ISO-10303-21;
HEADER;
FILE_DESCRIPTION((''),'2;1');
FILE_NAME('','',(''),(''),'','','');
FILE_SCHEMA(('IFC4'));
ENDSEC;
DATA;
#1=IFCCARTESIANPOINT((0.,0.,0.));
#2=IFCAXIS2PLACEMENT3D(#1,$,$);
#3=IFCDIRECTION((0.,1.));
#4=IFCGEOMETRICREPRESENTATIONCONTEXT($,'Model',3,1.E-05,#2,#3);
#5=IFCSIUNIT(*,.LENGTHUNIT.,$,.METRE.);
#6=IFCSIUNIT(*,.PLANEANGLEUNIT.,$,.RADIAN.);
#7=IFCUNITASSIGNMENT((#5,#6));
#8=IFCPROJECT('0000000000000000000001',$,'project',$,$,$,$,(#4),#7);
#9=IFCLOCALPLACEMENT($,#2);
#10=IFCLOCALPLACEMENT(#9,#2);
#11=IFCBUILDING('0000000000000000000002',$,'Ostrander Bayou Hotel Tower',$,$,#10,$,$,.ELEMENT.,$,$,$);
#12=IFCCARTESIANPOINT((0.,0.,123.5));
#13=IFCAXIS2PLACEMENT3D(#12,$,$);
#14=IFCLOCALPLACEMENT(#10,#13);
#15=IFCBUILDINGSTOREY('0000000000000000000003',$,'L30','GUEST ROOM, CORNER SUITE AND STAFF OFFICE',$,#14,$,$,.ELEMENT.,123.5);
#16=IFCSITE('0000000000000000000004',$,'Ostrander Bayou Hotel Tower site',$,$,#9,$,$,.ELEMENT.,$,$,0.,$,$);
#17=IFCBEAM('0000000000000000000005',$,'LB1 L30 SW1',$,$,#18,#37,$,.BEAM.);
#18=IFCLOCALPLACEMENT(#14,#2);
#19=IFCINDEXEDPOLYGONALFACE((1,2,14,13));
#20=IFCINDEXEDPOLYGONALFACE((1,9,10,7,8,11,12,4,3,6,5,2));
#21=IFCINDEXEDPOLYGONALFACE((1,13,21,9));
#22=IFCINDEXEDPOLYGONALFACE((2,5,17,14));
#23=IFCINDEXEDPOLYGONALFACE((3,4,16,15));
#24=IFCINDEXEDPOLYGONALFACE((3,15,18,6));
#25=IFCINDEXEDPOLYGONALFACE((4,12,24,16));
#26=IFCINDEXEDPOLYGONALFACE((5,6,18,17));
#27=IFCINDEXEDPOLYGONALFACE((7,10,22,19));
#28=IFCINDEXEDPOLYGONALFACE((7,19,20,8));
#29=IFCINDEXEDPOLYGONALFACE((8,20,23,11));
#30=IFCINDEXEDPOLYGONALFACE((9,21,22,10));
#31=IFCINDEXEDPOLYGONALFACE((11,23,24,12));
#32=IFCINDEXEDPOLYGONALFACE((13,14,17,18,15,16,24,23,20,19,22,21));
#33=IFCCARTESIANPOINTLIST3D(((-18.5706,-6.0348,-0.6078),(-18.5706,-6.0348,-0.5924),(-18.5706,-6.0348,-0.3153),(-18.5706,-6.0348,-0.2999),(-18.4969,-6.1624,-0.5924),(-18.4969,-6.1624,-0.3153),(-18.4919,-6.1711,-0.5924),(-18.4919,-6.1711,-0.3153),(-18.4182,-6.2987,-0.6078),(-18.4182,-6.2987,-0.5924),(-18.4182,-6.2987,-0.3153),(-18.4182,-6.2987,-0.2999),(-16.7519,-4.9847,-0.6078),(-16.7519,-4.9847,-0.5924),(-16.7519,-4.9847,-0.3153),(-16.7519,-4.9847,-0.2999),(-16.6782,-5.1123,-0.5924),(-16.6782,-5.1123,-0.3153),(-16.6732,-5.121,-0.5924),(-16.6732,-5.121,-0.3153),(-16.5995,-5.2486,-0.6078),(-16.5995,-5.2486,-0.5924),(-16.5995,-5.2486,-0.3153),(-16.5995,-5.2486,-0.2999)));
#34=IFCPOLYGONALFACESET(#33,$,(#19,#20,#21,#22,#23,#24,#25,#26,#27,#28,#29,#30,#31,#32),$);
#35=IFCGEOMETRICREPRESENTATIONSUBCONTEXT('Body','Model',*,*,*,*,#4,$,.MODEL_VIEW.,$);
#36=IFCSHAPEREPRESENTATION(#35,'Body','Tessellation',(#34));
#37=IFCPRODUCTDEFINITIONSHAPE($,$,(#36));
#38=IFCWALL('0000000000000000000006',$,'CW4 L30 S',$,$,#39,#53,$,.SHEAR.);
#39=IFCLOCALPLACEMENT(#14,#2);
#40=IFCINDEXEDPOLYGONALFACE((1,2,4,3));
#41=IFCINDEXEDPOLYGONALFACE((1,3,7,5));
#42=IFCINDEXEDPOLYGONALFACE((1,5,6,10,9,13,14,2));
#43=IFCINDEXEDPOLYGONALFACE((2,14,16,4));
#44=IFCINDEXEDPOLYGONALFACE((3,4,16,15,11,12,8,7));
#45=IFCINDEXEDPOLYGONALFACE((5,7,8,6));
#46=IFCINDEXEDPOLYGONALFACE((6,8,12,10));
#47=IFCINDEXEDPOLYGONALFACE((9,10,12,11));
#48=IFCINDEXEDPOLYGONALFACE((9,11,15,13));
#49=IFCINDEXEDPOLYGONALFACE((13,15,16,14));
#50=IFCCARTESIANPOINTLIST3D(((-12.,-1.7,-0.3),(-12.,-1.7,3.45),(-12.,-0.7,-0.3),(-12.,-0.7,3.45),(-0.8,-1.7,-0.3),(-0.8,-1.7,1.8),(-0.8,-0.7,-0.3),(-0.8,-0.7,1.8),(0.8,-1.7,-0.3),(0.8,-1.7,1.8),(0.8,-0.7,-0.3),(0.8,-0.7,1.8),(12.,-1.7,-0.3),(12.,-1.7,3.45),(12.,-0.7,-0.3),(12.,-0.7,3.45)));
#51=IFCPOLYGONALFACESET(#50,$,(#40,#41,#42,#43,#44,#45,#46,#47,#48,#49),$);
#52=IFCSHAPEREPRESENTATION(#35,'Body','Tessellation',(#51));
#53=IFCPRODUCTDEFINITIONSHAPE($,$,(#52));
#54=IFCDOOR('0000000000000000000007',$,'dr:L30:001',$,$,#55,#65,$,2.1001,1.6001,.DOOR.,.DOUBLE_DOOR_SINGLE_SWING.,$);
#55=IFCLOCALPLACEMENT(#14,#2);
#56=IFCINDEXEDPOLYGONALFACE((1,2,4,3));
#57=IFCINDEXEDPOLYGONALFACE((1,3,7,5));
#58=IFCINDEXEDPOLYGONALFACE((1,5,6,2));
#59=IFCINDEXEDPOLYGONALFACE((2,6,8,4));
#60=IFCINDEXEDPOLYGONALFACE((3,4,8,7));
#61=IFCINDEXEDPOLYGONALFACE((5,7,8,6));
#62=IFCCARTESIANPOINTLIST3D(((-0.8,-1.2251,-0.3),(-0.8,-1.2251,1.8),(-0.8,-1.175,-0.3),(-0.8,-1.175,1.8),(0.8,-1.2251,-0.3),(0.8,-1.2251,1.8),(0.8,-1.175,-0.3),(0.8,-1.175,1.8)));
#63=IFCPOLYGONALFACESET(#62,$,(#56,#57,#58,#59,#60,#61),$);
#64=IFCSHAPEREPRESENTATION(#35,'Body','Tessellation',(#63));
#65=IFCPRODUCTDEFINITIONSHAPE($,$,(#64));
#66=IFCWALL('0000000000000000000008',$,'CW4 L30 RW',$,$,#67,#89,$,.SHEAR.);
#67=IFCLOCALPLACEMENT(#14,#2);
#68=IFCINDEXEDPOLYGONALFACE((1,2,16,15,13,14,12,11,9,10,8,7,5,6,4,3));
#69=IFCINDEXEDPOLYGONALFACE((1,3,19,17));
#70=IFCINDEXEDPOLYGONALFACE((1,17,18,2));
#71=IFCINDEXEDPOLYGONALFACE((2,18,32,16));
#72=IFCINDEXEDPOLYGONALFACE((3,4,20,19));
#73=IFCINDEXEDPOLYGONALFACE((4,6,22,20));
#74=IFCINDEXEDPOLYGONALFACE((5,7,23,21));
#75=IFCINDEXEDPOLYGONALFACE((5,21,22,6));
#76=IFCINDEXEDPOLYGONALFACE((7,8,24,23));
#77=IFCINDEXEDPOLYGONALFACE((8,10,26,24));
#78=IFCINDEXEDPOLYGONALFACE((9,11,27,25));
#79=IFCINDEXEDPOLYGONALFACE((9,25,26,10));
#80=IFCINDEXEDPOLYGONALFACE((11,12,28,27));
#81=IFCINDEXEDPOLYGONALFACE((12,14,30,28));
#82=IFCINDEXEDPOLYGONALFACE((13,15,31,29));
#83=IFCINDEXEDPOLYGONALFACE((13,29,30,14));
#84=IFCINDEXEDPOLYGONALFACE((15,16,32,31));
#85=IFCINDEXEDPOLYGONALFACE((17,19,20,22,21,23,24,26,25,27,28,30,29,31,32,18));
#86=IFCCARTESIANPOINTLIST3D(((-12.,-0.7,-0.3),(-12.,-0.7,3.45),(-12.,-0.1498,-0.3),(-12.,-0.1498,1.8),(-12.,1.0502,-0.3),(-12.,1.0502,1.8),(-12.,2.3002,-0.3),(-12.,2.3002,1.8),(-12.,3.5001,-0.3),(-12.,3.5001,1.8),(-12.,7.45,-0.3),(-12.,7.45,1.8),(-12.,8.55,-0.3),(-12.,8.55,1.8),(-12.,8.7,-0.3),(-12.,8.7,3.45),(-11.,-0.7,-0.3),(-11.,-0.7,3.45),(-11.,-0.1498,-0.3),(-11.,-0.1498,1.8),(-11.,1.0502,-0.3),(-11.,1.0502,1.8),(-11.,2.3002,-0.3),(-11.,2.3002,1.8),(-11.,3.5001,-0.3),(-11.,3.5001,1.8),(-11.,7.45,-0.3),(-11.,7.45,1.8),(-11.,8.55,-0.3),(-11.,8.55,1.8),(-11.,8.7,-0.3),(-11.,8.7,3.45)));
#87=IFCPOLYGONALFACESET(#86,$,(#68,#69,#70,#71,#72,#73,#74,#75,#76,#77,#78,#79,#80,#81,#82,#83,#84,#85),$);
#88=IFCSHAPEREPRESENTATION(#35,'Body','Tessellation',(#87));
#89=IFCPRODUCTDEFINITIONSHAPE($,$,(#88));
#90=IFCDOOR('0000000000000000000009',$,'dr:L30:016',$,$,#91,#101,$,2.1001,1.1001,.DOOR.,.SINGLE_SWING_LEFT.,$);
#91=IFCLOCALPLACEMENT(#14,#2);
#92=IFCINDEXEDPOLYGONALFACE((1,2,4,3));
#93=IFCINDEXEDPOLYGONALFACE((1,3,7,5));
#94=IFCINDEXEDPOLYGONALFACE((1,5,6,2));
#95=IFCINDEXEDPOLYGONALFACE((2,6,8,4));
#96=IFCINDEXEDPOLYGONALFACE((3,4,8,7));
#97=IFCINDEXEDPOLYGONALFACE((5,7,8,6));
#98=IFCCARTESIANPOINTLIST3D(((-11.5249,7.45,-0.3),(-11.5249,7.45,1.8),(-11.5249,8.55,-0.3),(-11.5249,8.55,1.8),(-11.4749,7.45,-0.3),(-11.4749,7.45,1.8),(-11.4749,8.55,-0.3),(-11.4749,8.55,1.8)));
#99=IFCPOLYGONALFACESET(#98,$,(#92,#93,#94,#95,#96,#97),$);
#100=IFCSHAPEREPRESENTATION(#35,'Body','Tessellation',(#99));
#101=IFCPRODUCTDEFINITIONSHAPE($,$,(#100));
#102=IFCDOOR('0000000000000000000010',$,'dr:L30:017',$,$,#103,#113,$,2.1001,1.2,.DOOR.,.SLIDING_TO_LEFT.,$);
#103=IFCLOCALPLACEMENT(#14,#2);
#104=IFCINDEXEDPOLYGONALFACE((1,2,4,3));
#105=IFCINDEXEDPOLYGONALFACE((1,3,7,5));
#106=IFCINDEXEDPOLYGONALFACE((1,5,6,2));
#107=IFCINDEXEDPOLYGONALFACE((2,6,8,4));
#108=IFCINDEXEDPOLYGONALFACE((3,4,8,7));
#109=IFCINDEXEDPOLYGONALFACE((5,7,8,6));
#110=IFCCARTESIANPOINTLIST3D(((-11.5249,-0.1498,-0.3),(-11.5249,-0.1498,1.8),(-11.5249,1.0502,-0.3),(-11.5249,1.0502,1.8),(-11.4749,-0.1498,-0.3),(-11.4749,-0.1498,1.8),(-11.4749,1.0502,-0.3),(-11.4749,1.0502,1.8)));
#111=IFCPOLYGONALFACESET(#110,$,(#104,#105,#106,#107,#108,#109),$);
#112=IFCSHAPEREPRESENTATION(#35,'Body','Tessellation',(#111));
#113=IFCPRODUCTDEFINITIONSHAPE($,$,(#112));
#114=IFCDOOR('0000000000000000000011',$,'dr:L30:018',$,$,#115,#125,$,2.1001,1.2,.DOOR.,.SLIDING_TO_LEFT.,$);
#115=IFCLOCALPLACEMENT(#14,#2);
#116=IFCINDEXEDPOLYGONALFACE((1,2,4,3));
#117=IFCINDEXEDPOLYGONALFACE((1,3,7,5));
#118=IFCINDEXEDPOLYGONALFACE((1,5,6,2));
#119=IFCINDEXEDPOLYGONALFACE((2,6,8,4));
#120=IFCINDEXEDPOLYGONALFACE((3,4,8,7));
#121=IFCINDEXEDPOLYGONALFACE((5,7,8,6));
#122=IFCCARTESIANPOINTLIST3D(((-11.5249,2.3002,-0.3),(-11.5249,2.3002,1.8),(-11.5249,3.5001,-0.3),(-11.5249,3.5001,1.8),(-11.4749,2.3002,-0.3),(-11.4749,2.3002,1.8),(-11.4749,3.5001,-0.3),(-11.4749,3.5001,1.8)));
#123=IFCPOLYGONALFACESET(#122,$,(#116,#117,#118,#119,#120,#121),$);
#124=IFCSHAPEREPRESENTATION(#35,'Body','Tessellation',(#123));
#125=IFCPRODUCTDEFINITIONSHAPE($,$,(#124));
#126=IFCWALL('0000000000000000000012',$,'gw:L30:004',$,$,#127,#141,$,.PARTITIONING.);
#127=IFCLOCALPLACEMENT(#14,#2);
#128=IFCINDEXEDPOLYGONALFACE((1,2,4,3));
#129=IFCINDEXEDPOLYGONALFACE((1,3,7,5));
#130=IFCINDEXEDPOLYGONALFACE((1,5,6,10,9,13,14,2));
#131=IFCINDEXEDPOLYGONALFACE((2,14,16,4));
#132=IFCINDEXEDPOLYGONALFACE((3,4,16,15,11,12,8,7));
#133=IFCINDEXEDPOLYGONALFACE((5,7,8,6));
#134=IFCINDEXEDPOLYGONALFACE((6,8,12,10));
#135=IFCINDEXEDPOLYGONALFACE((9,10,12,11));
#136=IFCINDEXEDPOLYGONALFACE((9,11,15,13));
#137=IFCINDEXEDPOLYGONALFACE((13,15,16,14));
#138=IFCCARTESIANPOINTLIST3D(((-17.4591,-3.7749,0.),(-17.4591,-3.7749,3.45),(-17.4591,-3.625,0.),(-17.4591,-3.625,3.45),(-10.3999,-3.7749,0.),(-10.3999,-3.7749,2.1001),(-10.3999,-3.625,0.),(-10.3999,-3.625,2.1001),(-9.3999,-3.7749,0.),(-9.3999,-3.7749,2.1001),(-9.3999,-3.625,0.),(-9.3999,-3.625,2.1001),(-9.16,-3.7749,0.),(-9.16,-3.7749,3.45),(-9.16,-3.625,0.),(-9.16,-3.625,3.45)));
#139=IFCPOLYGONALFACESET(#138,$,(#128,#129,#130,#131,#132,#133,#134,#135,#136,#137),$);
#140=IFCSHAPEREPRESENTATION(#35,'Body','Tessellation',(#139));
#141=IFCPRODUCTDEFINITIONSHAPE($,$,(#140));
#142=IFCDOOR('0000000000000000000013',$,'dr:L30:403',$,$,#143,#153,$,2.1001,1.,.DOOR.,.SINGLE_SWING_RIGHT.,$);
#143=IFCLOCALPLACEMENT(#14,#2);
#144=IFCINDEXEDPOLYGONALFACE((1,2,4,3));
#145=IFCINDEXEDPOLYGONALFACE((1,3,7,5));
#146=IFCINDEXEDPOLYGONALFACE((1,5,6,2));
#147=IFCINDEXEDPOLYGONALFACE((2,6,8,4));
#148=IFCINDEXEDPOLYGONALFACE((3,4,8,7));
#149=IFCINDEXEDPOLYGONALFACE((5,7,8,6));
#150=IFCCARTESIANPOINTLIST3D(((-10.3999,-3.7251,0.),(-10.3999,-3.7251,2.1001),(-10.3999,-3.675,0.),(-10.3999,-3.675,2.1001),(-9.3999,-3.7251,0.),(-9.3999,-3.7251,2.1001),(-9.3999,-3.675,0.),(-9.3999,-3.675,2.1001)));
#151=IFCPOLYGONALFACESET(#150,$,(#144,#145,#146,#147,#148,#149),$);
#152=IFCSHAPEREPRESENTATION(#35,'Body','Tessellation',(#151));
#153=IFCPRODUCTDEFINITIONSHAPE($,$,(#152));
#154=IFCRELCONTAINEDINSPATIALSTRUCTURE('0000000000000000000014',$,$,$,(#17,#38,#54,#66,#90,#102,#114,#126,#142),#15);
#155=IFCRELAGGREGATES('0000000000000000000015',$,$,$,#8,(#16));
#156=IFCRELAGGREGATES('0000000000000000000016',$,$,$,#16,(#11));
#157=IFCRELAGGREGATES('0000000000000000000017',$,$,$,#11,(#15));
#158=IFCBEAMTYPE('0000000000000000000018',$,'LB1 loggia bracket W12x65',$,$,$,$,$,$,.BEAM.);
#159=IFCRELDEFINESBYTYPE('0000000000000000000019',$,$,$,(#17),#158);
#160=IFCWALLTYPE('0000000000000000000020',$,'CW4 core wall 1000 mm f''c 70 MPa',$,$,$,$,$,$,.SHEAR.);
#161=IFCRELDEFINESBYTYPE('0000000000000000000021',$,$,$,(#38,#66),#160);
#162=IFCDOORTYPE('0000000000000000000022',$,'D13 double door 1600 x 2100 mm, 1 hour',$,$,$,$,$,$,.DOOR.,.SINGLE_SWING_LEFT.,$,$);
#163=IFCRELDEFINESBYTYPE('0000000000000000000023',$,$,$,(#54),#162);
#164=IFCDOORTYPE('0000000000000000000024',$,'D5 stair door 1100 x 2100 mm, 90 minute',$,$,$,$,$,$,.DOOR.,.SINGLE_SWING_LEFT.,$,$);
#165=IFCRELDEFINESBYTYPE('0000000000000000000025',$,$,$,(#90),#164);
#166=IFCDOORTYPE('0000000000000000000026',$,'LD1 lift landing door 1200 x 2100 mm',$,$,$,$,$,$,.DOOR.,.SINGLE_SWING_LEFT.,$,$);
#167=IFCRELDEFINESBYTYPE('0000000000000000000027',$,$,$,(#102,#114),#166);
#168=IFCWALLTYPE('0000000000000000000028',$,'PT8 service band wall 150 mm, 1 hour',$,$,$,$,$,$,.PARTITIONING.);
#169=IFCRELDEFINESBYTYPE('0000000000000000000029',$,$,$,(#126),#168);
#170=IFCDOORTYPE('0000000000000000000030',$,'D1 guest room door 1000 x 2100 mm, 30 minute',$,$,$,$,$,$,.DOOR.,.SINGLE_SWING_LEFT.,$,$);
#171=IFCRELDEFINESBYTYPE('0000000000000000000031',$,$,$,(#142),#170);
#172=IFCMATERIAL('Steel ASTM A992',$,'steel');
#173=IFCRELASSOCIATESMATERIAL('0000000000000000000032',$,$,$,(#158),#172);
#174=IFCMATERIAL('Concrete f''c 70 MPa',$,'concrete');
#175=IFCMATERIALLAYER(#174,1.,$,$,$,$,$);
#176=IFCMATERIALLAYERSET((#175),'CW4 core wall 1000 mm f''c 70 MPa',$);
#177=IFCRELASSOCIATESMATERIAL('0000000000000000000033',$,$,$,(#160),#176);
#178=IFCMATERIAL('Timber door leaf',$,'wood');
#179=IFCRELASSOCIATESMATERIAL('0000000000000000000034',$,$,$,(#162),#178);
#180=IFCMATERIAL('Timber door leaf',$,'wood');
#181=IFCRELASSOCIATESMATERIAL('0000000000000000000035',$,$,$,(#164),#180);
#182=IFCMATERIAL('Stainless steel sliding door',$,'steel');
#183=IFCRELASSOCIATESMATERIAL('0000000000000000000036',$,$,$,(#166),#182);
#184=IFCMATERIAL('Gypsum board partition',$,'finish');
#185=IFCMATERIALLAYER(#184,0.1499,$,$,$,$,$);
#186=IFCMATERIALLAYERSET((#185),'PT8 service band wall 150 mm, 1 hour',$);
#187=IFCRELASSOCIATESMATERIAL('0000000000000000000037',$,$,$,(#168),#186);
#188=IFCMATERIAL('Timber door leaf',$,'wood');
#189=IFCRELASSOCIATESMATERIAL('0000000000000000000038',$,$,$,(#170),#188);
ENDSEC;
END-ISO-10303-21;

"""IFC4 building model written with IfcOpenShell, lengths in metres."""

from ifc_helpers import new_model, si_unit, direction, frame, frame_2d, origin, origin_2d, place, context, subcontext, project, spatial, rectangle, i_section, extrude, material, layer, layer_set, material_profile, profile_set, type_object, element, fill, save


model = new_model("IFC4")

# Units and contexts
model_context = context("Model", 3, precision=1e-05, world=origin(), true_north=direction((0.0, 1.0)))
body_context = subcontext(model_context, "Body", "Model", "MODEL_VIEW")
ifc_project = project(units=[si_unit("LENGTHUNIT", "METRE"), si_unit("PLANEANGLEUNIT", "RADIAN")], contexts=[model_context])

# Site, building, storey
site_placement = place(None, origin())
site = spatial("IfcSite", under=ifc_project, at=site_placement, Name="Ostrander Bayou Hotel Tower site", CompositionType="ELEMENT", RefElevation=0.0)
building_placement = place(site_placement, origin())
building = spatial("IfcBuilding", under=site, at=building_placement, Name="Ostrander Bayou Hotel Tower", CompositionType="ELEMENT")
storey_placement = place(building_placement, frame((0.0, 0.0, 123.5)))
storey = spatial("IfcBuildingStorey", under=building, at=storey_placement, Name="L30", Description="GUEST ROOM, CORNER SUITE AND STAFF OFFICE", CompositionType="ELEMENT", Elevation=123.5)

# Beam
ifc_material_1 = material(Name="Steel ASTM A992", Category="steel")
ifc_material_profile = material_profile(ifc_material_1, i_section(OverallWidth=0.3047, OverallDepth=0.3079, WebThickness=0.01, FlangeThickness=0.0154, at=origin_2d()))
ifc_profile_set = profile_set([ifc_material_profile], Name="Steel ASTM A992")
beam_type = type_object("IfcBeamType", Name="LB1 loggia bracket W12x65", PredefinedType="BEAM", material=ifc_profile_set)
beam_placement = place(storey_placement, frame((-18.4944, -6.1667, -0.4539), z_axis=(0.866009, 0.500028, 0.0), x_axis=(-0.500028, 0.866009, 0.0)))
element("IfcBeam", 1, at=beam_placement, inside=storey, type_object=beam_type, Name="LB1 L30 SW1", PredefinedType="BEAM", context=body_context, shape_type="SweptSolid", body=[
    extrude(i_section(OverallWidth=0.3047, OverallDepth=0.3079, WebThickness=0.01, FlangeThickness=0.0154, at=origin_2d()), origin(), (0.0, 0.0, 1.0), 2.1001),
])

# Wall, opening, door
ifc_material_2 = material(Name="Concrete f'c 70 MPa", Category="concrete")
ifc_layer_1 = layer(ifc_material_2, 1.0)
ifc_layer_set_1 = layer_set([ifc_layer_1], Name="CW4 core wall 1000 mm f'c 70 MPa")
wall_type_1 = type_object("IfcWallType", Name="CW4 core wall 1000 mm f'c 70 MPa", PredefinedType="SHEAR", material=ifc_layer_set_1)
wall_1_placement = place(storey_placement, frame((-12.0, -1.2, -0.3), z_axis=(0.0, 0.0, 1.0), x_axis=(1.0, 0.0, 0.0)))
wall_1 = element("IfcWall", 2, at=wall_1_placement, inside=storey, type_object=wall_type_1, Name="CW4 L30 S", PredefinedType="SHEAR", context=body_context, shape_type="SweptSolid", body=[
    extrude(rectangle(XDim=24.0, YDim=1.0, at=frame_2d((12.0, 0.0))), origin(), (0.0, 0.0, 1.0), 3.75),
])
opening_1_placement = place(wall_1_placement, frame((11.2, 0.0, 0.0)))
opening_1 = element("IfcOpeningElement", 3, at=opening_1_placement, cuts=wall_1, PredefinedType="OPENING", context=body_context, shape_type="SweptSolid", body=[
    extrude(rectangle(XDim=1.6001, YDim=2.1001, at=frame_2d((0.8, 1.05))), frame((0.0, 0.5, 0.0), z_axis=(0.0, -1.0, 0.0), x_axis=(1.0, 0.0, 0.0)), (0.0, 0.0, 1.0), 1.0),
])
ifc_material_3 = material(Name="Timber door leaf", Category="wood")
door_type_1 = type_object("IfcDoorType", Name="D13 double door 1600 x 2100 mm, 1 hour", OperationType="SINGLE_SWING_LEFT", PredefinedType="DOOR", material=ifc_material_3)
door_1_placement = place(opening_1_placement, origin())
door_1 = element("IfcDoor", 4, at=door_1_placement, inside=storey, type_object=door_type_1, Name="dr:L30:001", OperationType="DOUBLE_DOOR_SINGLE_SWING", OverallHeight=2.1001, OverallWidth=1.6001, PredefinedType="DOOR", context=body_context, shape_type="SweptSolid", body=[
    extrude(rectangle(XDim=1.6001, YDim=2.1001, at=frame_2d((0.8, 1.05))), frame((0.0, 0.0249, 0.0), z_axis=(0.0, -1.0, 0.0), x_axis=(1.0, 0.0, 0.0)), (0.0, 0.0, 1.0), 0.05),
])
fill(opening_1, door_1)

# Wall, openings, doors
wall_2_placement = place(storey_placement, frame((-11.5, -0.7, -0.3), z_axis=(0.0, 0.0, 1.0), x_axis=(0.0, 1.0, 0.0)))
wall_2 = element("IfcWall", 5, at=wall_2_placement, inside=storey, type_object=wall_type_1, Name="CW4 L30 RW", PredefinedType="SHEAR", context=body_context, shape_type="SweptSolid", body=[
    extrude(rectangle(XDim=9.3999, YDim=1.0, at=frame_2d((4.7, 0.0))), origin(), (0.0, 0.0, 1.0), 3.75),
])
opening_2_placement = place(wall_2_placement, frame((8.1499, 0.0, 0.0)))
opening_2 = element("IfcOpeningElement", 6, at=opening_2_placement, cuts=wall_2, PredefinedType="OPENING", context=body_context, shape_type="SweptSolid", body=[
    extrude(rectangle(XDim=1.1001, YDim=2.1001, at=frame_2d((0.55, 1.05))), frame((0.0, 0.5, 0.0), z_axis=(0.0, -1.0, 0.0), x_axis=(1.0, 0.0, 0.0)), (0.0, 0.0, 1.0), 1.0),
])
opening_3_placement = place(wall_2_placement, frame((0.55, 0.0, 0.0)))
opening_3 = element("IfcOpeningElement", 7, at=opening_3_placement, cuts=wall_2, PredefinedType="OPENING", context=body_context, shape_type="SweptSolid", body=[
    extrude(rectangle(XDim=1.2, YDim=2.1001, at=frame_2d((0.6001, 1.05))), frame((0.0, 0.5, 0.0), z_axis=(0.0, -1.0, 0.0), x_axis=(1.0, 0.0, 0.0)), (0.0, 0.0, 1.0), 1.0),
])
opening_4_placement = place(wall_2_placement, frame((3.0, 0.0, 0.0)))
opening_4 = element("IfcOpeningElement", 8, at=opening_4_placement, cuts=wall_2, PredefinedType="OPENING", context=body_context, shape_type="SweptSolid", body=[
    extrude(rectangle(XDim=1.2, YDim=2.1001, at=frame_2d((0.6001, 1.05))), frame((0.0, 0.5, 0.0), z_axis=(0.0, -1.0, 0.0), x_axis=(1.0, 0.0, 0.0)), (0.0, 0.0, 1.0), 1.0),
])
ifc_material_4 = material(Name="Timber door leaf", Category="wood")
door_type_2 = type_object("IfcDoorType", Name="D5 stair door 1100 x 2100 mm, 90 minute", OperationType="SINGLE_SWING_LEFT", PredefinedType="DOOR", material=ifc_material_4)
door_2_placement = place(opening_2_placement, origin())
door_2 = element("IfcDoor", 9, at=door_2_placement, inside=storey, type_object=door_type_2, Name="dr:L30:016", OperationType="SINGLE_SWING_LEFT", OverallHeight=2.1001, OverallWidth=1.1001, PredefinedType="DOOR", context=body_context, shape_type="SweptSolid", body=[
    extrude(rectangle(XDim=1.1001, YDim=2.1001, at=frame_2d((0.55, 1.05))), frame((0.0, 0.0249, 0.0), z_axis=(0.0, -1.0, 0.0), x_axis=(1.0, 0.0, 0.0)), (0.0, 0.0, 1.0), 0.05),
])
fill(opening_2, door_2)
ifc_material_5 = material(Name="Stainless steel sliding door", Category="steel")
door_type_3 = type_object("IfcDoorType", Name="LD1 lift landing door 1200 x 2100 mm", OperationType="SINGLE_SWING_LEFT", PredefinedType="DOOR", material=ifc_material_5)
door_3_placement = place(opening_3_placement, origin())
door_3 = element("IfcDoor", 10, at=door_3_placement, inside=storey, type_object=door_type_3, Name="dr:L30:017", OperationType="SLIDING_TO_LEFT", OverallHeight=2.1001, OverallWidth=1.2, PredefinedType="DOOR", context=body_context, shape_type="SweptSolid", body=[
    extrude(rectangle(XDim=1.2, YDim=2.1001, at=frame_2d((0.6001, 1.05))), frame((0.0, 0.0249, 0.0), z_axis=(0.0, -1.0, 0.0), x_axis=(1.0, 0.0, 0.0)), (0.0, 0.0, 1.0), 0.05),
])
fill(opening_3, door_3)
door_4_placement = place(opening_4_placement, origin())
door_4 = element("IfcDoor", 11, at=door_4_placement, inside=storey, type_object=door_type_3, Name="dr:L30:018", OperationType="SLIDING_TO_LEFT", OverallHeight=2.1001, OverallWidth=1.2, PredefinedType="DOOR", context=body_context, shape_type="SweptSolid", body=[
    extrude(rectangle(XDim=1.2, YDim=2.1001, at=frame_2d((0.6001, 1.05))), frame((0.0, 0.0249, 0.0), z_axis=(0.0, -1.0, 0.0), x_axis=(1.0, 0.0, 0.0)), (0.0, 0.0, 1.0), 0.05),
])
fill(opening_4, door_4)

# Wall, opening, door
ifc_material_6 = material(Name="Gypsum board partition", Category="finish")
ifc_layer_2 = layer(ifc_material_6, 0.1499)
ifc_layer_set_2 = layer_set([ifc_layer_2], Name="PT8 service band wall 150 mm, 1 hour")
wall_type_2 = type_object("IfcWallType", Name="PT8 service band wall 150 mm, 1 hour", PredefinedType="PARTITIONING", material=ifc_layer_set_2)
wall_3_placement = place(storey_placement, frame((-17.459, -3.7, 0.0), z_axis=(0.0, 0.0, 1.0), x_axis=(1.0, 0.0, 0.0)))
wall_3 = element("IfcWall", 12, at=wall_3_placement, inside=storey, type_object=wall_type_2, Name="gw:L30:004", PredefinedType="PARTITIONING", context=body_context, shape_type="SweptSolid", body=[
    extrude(rectangle(XDim=8.2991, YDim=0.1499, at=frame_2d((4.1494, 0.0))), origin(), (0.0, 0.0, 1.0), 3.45),
])
opening_5_placement = place(wall_3_placement, frame((7.0591, 0.0, 0.0)))
opening_5 = element("IfcOpeningElement", 13, at=opening_5_placement, cuts=wall_3, PredefinedType="OPENING", context=body_context, shape_type="SweptSolid", body=[
    extrude(rectangle(XDim=1.0, YDim=2.1001, at=frame_2d((0.5, 1.05))), frame((0.0, 0.075, 0.0), z_axis=(0.0, -1.0, 0.0), x_axis=(1.0, 0.0, 0.0)), (0.0, 0.0, 1.0), 0.1499),
])
ifc_material_7 = material(Name="Timber door leaf", Category="wood")
door_type_4 = type_object("IfcDoorType", Name="D1 guest room door 1000 x 2100 mm, 30 minute", OperationType="SINGLE_SWING_LEFT", PredefinedType="DOOR", material=ifc_material_7)
door_5_placement = place(opening_5_placement, origin())
door_5 = element("IfcDoor", 14, at=door_5_placement, inside=storey, type_object=door_type_4, Name="dr:L30:403", OperationType="SINGLE_SWING_RIGHT", OverallHeight=2.1001, OverallWidth=1.0, PredefinedType="DOOR", context=body_context, shape_type="SweptSolid", body=[
    extrude(rectangle(XDim=1.0, YDim=2.1001, at=frame_2d((0.5, 1.05))), frame((0.0, 0.0249, 0.0), z_axis=(0.0, -1.0, 0.0), x_axis=(1.0, 0.0, 0.0)), (0.0, 0.0, 1.0), 0.05),
])
fill(opening_5, door_5)

save(model, "model.ifc")
